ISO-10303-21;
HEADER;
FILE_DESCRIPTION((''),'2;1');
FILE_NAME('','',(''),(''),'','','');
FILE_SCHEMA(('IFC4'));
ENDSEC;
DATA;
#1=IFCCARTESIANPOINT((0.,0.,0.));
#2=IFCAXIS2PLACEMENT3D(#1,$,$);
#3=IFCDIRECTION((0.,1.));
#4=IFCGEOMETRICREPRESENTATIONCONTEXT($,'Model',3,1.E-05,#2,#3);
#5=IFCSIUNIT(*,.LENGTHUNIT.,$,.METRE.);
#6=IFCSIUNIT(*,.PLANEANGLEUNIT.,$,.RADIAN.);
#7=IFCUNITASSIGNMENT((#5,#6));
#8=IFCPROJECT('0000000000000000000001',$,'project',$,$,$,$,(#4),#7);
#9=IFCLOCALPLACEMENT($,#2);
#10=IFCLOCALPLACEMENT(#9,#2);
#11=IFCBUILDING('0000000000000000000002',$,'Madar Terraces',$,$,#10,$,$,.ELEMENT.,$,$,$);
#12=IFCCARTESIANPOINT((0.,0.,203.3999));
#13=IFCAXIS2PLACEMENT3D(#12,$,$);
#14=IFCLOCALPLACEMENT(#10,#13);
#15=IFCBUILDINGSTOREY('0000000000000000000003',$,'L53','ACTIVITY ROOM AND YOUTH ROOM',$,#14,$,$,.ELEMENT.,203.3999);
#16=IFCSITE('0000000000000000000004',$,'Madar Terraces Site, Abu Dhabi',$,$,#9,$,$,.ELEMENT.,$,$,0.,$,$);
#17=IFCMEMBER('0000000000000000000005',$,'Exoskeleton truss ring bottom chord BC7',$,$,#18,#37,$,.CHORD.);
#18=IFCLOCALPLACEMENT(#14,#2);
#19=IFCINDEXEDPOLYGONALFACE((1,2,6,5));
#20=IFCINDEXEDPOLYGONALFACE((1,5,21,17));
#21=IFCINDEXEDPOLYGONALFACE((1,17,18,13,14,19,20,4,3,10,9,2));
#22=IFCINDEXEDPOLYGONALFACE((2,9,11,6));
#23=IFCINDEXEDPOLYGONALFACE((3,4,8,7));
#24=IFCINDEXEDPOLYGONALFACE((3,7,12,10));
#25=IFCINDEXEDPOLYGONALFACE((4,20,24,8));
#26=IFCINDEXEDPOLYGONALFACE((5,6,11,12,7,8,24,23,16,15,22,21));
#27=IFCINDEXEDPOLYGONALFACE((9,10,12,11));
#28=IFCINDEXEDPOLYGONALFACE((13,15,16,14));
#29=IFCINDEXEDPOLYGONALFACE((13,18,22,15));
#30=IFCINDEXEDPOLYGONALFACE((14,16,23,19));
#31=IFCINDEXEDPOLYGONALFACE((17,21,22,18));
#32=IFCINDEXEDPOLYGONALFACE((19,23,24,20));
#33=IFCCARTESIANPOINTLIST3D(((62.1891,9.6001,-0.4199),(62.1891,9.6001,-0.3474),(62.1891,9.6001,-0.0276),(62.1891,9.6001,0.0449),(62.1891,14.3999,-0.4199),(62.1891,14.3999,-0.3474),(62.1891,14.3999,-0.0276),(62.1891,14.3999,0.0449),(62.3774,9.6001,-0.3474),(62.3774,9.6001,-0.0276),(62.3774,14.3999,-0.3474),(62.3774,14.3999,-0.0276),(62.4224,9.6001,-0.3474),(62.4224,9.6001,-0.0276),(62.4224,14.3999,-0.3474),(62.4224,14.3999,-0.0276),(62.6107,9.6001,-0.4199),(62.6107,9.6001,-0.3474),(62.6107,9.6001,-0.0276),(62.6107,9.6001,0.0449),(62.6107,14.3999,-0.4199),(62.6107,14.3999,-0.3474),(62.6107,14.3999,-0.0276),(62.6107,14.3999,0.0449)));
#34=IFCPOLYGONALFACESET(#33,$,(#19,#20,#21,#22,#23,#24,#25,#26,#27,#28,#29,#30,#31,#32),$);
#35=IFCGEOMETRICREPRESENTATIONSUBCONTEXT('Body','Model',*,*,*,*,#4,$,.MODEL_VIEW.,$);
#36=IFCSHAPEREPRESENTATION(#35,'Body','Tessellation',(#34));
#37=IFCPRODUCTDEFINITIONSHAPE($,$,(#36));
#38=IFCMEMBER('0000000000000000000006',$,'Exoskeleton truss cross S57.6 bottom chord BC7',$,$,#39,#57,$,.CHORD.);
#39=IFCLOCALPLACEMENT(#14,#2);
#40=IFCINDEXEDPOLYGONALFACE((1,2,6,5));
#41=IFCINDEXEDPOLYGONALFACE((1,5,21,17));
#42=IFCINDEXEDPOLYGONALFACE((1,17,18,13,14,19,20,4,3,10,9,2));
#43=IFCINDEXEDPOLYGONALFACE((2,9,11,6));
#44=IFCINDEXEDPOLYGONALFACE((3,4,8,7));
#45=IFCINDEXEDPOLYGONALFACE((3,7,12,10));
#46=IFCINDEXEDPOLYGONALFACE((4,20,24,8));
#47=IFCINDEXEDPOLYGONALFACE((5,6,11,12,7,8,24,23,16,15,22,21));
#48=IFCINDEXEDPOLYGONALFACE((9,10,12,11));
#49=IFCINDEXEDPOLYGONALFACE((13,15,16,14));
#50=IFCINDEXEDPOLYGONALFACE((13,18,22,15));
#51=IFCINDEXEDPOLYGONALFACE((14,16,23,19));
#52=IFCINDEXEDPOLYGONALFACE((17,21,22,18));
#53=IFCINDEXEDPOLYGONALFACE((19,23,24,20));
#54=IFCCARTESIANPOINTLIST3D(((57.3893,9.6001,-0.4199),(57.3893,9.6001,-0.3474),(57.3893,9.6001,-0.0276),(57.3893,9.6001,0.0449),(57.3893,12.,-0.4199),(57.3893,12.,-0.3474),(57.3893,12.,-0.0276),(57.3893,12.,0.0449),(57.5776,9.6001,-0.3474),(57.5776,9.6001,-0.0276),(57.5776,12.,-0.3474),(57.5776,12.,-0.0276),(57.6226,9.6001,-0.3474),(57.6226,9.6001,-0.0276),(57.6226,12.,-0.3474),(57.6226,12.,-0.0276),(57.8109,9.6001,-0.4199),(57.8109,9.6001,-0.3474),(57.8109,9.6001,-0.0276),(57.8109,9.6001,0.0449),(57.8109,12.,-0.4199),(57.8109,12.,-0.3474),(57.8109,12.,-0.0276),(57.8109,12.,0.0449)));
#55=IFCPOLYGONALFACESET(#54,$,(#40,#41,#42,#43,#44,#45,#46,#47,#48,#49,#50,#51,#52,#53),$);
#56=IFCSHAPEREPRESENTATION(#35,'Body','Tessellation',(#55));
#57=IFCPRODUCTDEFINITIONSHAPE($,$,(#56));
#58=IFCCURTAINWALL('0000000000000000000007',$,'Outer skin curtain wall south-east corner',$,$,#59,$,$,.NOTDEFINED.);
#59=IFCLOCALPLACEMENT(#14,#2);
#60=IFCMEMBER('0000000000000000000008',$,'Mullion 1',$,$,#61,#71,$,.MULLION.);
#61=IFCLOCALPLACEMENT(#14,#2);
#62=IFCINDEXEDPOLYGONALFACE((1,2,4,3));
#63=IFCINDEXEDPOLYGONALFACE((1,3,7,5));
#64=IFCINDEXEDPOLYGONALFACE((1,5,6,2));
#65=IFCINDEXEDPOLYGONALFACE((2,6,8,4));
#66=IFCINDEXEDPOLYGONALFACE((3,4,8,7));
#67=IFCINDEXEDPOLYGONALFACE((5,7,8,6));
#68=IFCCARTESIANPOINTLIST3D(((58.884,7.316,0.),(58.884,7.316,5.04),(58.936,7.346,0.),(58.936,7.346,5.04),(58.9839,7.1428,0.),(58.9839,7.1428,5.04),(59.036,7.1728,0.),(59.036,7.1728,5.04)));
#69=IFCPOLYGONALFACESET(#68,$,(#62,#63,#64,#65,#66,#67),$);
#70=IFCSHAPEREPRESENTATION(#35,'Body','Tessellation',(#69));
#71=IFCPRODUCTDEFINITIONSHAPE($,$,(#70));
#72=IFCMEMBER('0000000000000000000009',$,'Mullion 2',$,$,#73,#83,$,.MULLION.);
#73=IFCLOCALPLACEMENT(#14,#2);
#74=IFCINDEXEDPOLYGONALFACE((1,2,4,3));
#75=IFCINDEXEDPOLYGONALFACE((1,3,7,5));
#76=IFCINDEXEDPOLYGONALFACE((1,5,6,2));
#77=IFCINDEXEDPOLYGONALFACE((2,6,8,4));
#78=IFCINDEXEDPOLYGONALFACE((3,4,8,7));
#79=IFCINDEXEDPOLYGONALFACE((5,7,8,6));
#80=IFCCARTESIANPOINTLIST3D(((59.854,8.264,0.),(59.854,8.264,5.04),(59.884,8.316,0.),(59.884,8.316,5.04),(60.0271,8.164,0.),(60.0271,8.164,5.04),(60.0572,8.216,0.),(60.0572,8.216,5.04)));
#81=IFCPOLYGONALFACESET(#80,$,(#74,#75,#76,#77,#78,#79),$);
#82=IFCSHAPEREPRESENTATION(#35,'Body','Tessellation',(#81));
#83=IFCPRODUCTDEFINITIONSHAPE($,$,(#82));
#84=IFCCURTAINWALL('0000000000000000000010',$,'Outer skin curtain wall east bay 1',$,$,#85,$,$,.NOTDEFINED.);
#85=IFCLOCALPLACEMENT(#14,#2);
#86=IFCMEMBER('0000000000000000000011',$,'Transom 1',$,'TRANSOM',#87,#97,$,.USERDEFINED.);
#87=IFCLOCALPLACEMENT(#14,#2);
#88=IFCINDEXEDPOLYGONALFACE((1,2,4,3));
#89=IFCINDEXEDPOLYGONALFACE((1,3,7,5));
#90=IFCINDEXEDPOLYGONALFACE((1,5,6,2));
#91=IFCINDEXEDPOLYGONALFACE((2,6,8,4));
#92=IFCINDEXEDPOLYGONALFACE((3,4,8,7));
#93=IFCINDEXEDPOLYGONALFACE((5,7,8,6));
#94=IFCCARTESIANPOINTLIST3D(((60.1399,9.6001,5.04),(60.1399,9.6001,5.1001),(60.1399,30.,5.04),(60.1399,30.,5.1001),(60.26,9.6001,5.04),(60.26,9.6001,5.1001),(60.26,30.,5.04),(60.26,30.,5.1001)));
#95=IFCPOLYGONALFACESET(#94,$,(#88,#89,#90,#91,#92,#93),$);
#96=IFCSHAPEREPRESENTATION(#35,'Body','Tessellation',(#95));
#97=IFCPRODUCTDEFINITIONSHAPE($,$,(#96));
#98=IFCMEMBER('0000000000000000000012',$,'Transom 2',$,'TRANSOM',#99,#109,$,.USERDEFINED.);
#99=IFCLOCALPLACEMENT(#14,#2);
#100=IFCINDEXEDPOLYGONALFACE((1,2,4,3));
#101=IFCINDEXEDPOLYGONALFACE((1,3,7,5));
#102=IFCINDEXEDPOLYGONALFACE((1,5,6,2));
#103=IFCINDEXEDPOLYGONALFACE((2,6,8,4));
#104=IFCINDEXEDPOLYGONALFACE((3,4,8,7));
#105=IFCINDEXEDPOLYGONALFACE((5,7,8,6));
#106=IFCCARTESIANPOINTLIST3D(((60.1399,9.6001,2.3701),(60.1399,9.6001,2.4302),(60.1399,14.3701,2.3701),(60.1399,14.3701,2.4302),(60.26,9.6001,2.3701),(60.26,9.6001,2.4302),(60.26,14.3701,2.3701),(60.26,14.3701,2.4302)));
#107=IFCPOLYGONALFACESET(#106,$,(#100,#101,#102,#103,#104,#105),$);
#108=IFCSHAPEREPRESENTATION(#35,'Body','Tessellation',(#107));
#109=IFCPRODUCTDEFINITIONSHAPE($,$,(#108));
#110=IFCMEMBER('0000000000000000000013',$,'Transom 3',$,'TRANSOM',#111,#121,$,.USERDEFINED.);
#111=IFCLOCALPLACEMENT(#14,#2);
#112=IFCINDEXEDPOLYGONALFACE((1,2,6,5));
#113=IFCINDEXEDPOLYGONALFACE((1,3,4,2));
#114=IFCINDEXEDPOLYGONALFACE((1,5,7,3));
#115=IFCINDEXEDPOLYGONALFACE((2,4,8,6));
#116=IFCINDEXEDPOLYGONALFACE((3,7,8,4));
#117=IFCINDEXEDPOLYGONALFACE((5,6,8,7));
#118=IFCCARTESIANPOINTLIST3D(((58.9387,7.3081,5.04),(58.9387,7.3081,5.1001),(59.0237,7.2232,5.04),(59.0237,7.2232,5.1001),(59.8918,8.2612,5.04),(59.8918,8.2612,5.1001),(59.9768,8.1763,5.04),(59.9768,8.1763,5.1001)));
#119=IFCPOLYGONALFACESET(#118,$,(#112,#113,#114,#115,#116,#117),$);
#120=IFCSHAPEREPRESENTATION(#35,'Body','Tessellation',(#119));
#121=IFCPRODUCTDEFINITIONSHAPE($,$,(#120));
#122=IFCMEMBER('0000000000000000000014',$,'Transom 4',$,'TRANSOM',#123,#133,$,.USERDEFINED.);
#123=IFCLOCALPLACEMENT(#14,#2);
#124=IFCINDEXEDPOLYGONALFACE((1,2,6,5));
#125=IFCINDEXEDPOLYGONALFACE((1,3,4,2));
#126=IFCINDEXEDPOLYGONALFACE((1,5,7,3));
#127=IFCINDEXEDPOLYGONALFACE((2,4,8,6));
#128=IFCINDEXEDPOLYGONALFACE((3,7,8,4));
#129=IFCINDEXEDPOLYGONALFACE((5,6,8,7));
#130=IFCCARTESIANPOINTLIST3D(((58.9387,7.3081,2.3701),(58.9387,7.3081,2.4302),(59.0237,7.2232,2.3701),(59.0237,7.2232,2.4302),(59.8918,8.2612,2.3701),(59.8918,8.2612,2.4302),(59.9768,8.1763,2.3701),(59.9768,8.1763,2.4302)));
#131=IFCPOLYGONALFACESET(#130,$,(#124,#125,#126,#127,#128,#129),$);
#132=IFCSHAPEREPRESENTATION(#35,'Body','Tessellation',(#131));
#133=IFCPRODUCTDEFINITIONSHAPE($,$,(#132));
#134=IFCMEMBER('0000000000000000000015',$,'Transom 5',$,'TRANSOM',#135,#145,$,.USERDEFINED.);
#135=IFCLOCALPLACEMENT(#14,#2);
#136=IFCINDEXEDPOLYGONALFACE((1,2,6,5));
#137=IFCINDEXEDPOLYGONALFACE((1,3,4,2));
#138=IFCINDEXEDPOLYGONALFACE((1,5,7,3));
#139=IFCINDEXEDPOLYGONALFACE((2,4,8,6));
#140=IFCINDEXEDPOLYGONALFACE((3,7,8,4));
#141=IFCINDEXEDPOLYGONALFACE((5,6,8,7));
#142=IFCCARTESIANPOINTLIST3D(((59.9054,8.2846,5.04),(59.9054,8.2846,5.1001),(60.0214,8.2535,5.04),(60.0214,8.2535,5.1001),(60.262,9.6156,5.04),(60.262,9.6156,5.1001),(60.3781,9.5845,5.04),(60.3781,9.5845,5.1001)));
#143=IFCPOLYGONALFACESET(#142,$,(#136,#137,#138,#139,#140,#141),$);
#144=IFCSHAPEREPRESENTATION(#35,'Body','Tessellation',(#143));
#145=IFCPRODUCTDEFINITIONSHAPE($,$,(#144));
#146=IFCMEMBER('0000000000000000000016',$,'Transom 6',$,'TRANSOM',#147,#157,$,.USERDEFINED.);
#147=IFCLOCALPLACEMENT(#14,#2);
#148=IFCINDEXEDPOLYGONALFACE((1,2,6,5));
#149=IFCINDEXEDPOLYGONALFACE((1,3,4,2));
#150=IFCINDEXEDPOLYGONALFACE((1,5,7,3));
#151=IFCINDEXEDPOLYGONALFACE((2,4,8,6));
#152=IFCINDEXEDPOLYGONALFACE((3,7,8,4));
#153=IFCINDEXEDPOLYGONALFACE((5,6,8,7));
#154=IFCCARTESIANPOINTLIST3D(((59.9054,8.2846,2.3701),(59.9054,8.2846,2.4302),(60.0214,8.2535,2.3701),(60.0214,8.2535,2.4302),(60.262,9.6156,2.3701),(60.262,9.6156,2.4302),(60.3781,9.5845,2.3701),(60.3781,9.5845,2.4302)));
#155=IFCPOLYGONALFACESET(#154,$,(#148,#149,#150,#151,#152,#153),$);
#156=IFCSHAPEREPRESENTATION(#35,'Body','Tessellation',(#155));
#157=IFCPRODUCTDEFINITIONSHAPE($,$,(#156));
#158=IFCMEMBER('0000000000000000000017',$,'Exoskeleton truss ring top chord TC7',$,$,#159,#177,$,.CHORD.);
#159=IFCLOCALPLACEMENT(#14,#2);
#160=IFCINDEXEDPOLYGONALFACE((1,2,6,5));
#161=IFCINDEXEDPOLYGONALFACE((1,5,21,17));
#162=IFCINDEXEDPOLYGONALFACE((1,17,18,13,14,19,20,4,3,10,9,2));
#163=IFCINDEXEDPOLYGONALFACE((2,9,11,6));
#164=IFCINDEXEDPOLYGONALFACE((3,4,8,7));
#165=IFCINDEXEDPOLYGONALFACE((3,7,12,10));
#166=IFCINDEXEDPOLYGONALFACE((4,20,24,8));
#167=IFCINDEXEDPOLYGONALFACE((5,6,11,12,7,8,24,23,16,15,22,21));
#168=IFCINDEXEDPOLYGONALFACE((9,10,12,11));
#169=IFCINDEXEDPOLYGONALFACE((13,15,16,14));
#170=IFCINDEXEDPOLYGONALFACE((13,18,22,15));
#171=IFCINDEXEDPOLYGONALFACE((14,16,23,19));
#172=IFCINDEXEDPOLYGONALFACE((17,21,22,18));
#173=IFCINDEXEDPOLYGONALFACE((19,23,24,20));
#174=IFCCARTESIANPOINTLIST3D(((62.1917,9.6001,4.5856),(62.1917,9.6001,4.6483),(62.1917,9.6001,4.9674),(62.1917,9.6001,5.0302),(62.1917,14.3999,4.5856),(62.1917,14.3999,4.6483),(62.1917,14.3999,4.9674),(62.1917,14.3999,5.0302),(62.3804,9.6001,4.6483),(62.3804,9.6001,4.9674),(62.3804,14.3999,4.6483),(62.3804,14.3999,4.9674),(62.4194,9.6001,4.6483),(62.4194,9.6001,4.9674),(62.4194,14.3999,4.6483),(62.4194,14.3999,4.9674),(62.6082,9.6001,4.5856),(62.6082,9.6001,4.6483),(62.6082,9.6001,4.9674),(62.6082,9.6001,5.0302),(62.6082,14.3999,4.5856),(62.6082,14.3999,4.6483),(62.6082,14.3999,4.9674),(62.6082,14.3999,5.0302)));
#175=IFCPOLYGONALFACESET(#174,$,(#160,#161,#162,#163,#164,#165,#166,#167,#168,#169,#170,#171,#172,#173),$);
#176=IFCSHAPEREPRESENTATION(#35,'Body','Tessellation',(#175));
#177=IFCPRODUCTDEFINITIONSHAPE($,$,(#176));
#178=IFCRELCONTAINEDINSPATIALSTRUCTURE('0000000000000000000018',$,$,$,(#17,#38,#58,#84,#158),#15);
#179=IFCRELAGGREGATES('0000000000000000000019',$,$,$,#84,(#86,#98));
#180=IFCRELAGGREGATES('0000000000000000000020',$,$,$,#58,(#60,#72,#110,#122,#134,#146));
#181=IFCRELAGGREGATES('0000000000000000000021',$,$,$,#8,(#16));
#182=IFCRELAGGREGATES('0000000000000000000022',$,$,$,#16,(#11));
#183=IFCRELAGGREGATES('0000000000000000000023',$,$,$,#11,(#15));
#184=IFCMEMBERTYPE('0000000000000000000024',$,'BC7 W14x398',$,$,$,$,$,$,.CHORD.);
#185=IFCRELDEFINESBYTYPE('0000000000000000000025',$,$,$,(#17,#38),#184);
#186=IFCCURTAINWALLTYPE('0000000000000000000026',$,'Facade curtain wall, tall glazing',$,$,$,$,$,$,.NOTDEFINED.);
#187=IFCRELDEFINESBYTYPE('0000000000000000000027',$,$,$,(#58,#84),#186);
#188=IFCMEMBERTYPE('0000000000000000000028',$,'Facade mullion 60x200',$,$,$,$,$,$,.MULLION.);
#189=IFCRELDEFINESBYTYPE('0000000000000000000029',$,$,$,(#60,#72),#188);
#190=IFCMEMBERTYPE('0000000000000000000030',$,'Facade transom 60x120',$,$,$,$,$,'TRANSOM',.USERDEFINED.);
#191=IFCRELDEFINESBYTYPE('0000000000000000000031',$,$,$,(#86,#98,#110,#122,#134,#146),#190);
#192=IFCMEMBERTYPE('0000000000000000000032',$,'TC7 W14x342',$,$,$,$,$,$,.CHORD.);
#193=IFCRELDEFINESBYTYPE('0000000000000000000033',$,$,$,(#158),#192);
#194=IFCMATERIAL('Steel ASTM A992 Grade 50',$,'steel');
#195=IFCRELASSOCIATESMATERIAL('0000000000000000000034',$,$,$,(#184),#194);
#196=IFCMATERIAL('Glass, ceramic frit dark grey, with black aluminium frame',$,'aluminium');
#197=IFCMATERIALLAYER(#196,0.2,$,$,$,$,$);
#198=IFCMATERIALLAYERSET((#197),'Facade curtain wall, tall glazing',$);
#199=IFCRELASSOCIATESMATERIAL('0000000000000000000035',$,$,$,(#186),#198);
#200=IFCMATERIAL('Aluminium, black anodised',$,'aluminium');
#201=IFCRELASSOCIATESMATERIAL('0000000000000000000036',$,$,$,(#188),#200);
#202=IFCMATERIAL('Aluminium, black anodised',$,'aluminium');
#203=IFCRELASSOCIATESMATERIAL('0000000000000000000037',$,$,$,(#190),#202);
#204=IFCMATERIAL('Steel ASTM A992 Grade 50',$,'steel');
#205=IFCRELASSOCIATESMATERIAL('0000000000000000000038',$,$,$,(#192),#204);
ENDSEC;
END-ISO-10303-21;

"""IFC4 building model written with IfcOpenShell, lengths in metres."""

from ifc_helpers import new_model, si_unit, direction, frame, origin, origin_2d, place, context, subcontext, project, spatial, rectangle, i_section, extrude, material, layer, layer_set, material_profile, profile_set, type_object, element, aggregate, save


model = new_model("IFC4")

# Units and contexts
model_context = context("Model", 3, precision=1e-05, world=origin(), true_north=direction((0.0, 1.0)))
body_context = subcontext(model_context, "Body", "Model", "MODEL_VIEW")
ifc_project = project(units=[si_unit("LENGTHUNIT", "METRE"), si_unit("PLANEANGLEUNIT", "RADIAN")], contexts=[model_context])

# Site, building, storey
site_placement = place(None, origin())
site = spatial("IfcSite", under=ifc_project, at=site_placement, Name="Madar Terraces Site, Abu Dhabi", CompositionType="ELEMENT", RefElevation=0.0)
building_placement = place(site_placement, origin())
building = spatial("IfcBuilding", under=site, at=building_placement, Name="Madar Terraces", CompositionType="ELEMENT")
storey_placement = place(building_placement, frame((0.0, 0.0, 203.3999)))
storey = spatial("IfcBuildingStorey", under=building, at=storey_placement, Name="L53", Description="ACTIVITY ROOM AND YOUTH ROOM", CompositionType="ELEMENT", Elevation=203.3999)

# Members
ifc_material_1 = material(Name="Steel ASTM A992 Grade 50", Category="steel")
ifc_material_profile_1 = material_profile(ifc_material_1, i_section(OverallWidth=0.4216, OverallDepth=0.4648, WebThickness=0.0449, FlangeThickness=0.0725, at=origin_2d()), Name="W14x398")
ifc_profile_set_1 = profile_set([ifc_material_profile_1], Name="Steel ASTM A992 Grade 50")
member_type_1 = type_object("IfcMemberType", Name="BC7 W14x398", PredefinedType="CHORD", material=ifc_profile_set_1)
member_1_placement = place(storey_placement, frame((62.3999, 9.6001, -0.1875), z_axis=(0.0, 1.0, 0.0), x_axis=(-1.0, 0.0, 0.0)))
element("IfcMember", 1, at=member_1_placement, inside=storey, type_object=member_type_1, Name="Exoskeleton truss ring bottom chord BC7", PredefinedType="CHORD", context=body_context, shape_type="SweptSolid", body=[
    extrude(i_section(OverallWidth=0.4216, OverallDepth=0.4648, WebThickness=0.0449, FlangeThickness=0.0725, at=origin_2d()), origin(), (0.0, 0.0, 1.0), 4.7998),
])
member_2_placement = place(storey_placement, frame((57.6001, 9.6001, -0.1875), z_axis=(0.0, 1.0, 0.0), x_axis=(-1.0, 0.0, 0.0)))
element("IfcMember", 2, at=member_2_placement, inside=storey, type_object=member_type_1, Name="Exoskeleton truss cross S57.6 bottom chord BC7", PredefinedType="CHORD", context=body_context, shape_type="SweptSolid", body=[
    extrude(i_section(OverallWidth=0.4216, OverallDepth=0.4648, WebThickness=0.0449, FlangeThickness=0.0725, at=origin_2d()), origin(), (0.0, 0.0, 1.0), 2.3999),
])

# Curtain walls, members
ifc_material_2 = material(Name="Glass, ceramic frit dark grey, with black aluminium frame", Category="aluminium")
ifc_layer_1 = layer(ifc_material_2, 0.2)
ifc_layer_set_1 = layer_set([ifc_layer_1], Name="Facade curtain wall, tall glazing")
curtain_wall_type = type_object("IfcCurtainWallType", Name="Facade curtain wall, tall glazing", PredefinedType="NOTDEFINED", material=ifc_layer_set_1)
curtain_wall_1_placement = place(storey_placement, origin())
curtain_wall_1 = element("IfcCurtainWall", 3, at=curtain_wall_1_placement, inside=storey, type_object=curtain_wall_type, Name="Outer skin curtain wall south-east corner", PredefinedType="NOTDEFINED")
ifc_material_3 = material(Name="Aluminium, black anodised", Category="aluminium")
ifc_material_profile_2 = material_profile(ifc_material_3, rectangle(XDim=0.2, YDim=0.0601, at=origin_2d()), Name="Facade mullion 60x200")
ifc_profile_set_2 = profile_set([ifc_material_profile_2], Name="Aluminium, black anodised")
member_type_2 = type_object("IfcMemberType", Name="Facade mullion 60x200", PredefinedType="MULLION", material=ifc_profile_set_2)
member_3_placement = place(storey_placement, frame((58.96, 7.2444, 0.0), z_axis=(0.0, 0.0, 1.0), x_axis=(-0.5, 0.866025, 0.0)))
member_3 = element("IfcMember", 4, at=member_3_placement, type_object=member_type_2, Name="Mullion 1", PredefinedType="MULLION", context=body_context, shape_type="SweptSolid", body=[
    extrude(rectangle(XDim=0.2, YDim=0.0601, at=origin_2d()), origin(), (0.0, 0.0, 1.0), 5.04),
])
member_4_placement = place(storey_placement, frame((59.9556, 8.24, 0.0), z_axis=(0.0, 0.0, 1.0), x_axis=(-0.866025, 0.5, 0.0)))
member_4 = element("IfcMember", 5, at=member_4_placement, type_object=member_type_2, Name="Mullion 2", PredefinedType="MULLION", context=body_context, shape_type="SweptSolid", body=[
    extrude(rectangle(XDim=0.2, YDim=0.0601, at=origin_2d()), origin(), (0.0, 0.0, 1.0), 5.04),
])
curtain_wall_2_placement = place(storey_placement, origin())
curtain_wall_2 = element("IfcCurtainWall", 6, at=curtain_wall_2_placement, inside=storey, type_object=curtain_wall_type, Name="Outer skin curtain wall east bay 1", PredefinedType="NOTDEFINED")
ifc_material_4 = material(Name="Aluminium, black anodised", Category="aluminium")
ifc_material_profile_3 = material_profile(ifc_material_4, rectangle(XDim=0.1201, YDim=0.0601, at=origin_2d()), Name="Facade transom 60x120")
ifc_profile_set_3 = profile_set([ifc_material_profile_3], Name="Aluminium, black anodised")
member_type_3 = type_object("IfcMemberType", Name="Facade transom 60x120", ElementType="TRANSOM", PredefinedType="USERDEFINED", material=ifc_profile_set_3)
member_5_placement = place(storey_placement, frame((60.2, 9.6001, 5.0701), z_axis=(0.0, 1.0, 0.0), x_axis=(-1.0, 0.0, 0.0)))
member_5 = element("IfcMember", 7, at=member_5_placement, type_object=member_type_3, Name="Transom 1", ObjectType="TRANSOM", PredefinedType="USERDEFINED", context=body_context, shape_type="SweptSolid", body=[
    extrude(rectangle(XDim=0.1201, YDim=0.0601, at=origin_2d()), origin(), (0.0, 0.0, 1.0), 20.3999),
])
member_6_placement = place(storey_placement, frame((60.2, 9.6001, 2.4001), z_axis=(0.0, 1.0, 0.0), x_axis=(-1.0, 0.0, 0.0)))
member_6 = element("IfcMember", 8, at=member_6_placement, type_object=member_type_3, Name="Transom 2", ObjectType="TRANSOM", PredefinedType="USERDEFINED", context=body_context, shape_type="SweptSolid", body=[
    extrude(rectangle(XDim=0.1201, YDim=0.0601, at=origin_2d()), origin(), (0.0, 0.0, 1.0), 4.77),
])
aggregate(curtain_wall_2, [member_5, member_6])

# Members
member_7_placement = place(storey_placement, frame((58.9812, 7.2656, 5.0701), z_axis=(0.707107, 0.707107, 0.0), x_axis=(-0.707107, 0.707107, 0.0)))
member_7 = element("IfcMember", 9, at=member_7_placement, type_object=member_type_3, Name="Transom 3", ObjectType="TRANSOM", PredefinedType="USERDEFINED", context=body_context, shape_type="SweptSolid", body=[
    extrude(rectangle(XDim=0.1201, YDim=0.0601, at=origin_2d()), origin(), (0.0, 0.0, 1.0), 1.3479),
])
member_8_placement = place(storey_placement, frame((58.9812, 7.2656, 2.4001), z_axis=(0.707107, 0.707107, 0.0), x_axis=(-0.707107, 0.707107, 0.0)))
member_8 = element("IfcMember", 10, at=member_8_placement, type_object=member_type_3, Name="Transom 4", ObjectType="TRANSOM", PredefinedType="USERDEFINED", context=body_context, shape_type="SweptSolid", body=[
    extrude(rectangle(XDim=0.1201, YDim=0.0601, at=origin_2d()), origin(), (0.0, 0.0, 1.0), 1.3479),
])
member_9_placement = place(storey_placement, frame((59.9634, 8.269, 5.0701), z_axis=(0.258842, 0.96592, 0.0), x_axis=(-0.96592, 0.258842, 0.0)))
member_9 = element("IfcMember", 11, at=member_9_placement, type_object=member_type_3, Name="Transom 5", ObjectType="TRANSOM", PredefinedType="USERDEFINED", context=body_context, shape_type="SweptSolid", body=[
    extrude(rectangle(XDim=0.1201, YDim=0.0601, at=origin_2d()), origin(), (0.0, 0.0, 1.0), 1.3779),
])
member_10_placement = place(storey_placement, frame((59.9634, 8.269, 2.4001), z_axis=(0.258842, 0.96592, 0.0), x_axis=(-0.96592, 0.258842, 0.0)))
member_10 = element("IfcMember", 12, at=member_10_placement, type_object=member_type_3, Name="Transom 6", ObjectType="TRANSOM", PredefinedType="USERDEFINED", context=body_context, shape_type="SweptSolid", body=[
    extrude(rectangle(XDim=0.1201, YDim=0.0601, at=origin_2d()), origin(), (0.0, 0.0, 1.0), 1.3779),
])

# Member
ifc_material_5 = material(Name="Steel ASTM A992 Grade 50", Category="steel")
ifc_material_profile_4 = material_profile(ifc_material_5, i_section(OverallWidth=0.4165, OverallDepth=0.4446, WebThickness=0.0391, FlangeThickness=0.0627, at=origin_2d()), Name="W14x342")
ifc_profile_set_4 = profile_set([ifc_material_profile_4], Name="Steel ASTM A992 Grade 50")
member_type_4 = type_object("IfcMemberType", Name="TC7 W14x342", PredefinedType="CHORD", material=ifc_profile_set_4)
member_11_placement = place(storey_placement, frame((62.3999, 9.6001, 4.8079), z_axis=(0.0, 1.0, 0.0), x_axis=(-1.0, 0.0, 0.0)))
element("IfcMember", 13, at=member_11_placement, inside=storey, type_object=member_type_4, Name="Exoskeleton truss ring top chord TC7", PredefinedType="CHORD", context=body_context, shape_type="SweptSolid", body=[
    extrude(i_section(OverallWidth=0.4165, OverallDepth=0.4446, WebThickness=0.0391, FlangeThickness=0.0627, at=origin_2d()), origin(), (0.0, 0.0, 1.0), 4.7998),
])

aggregate(curtain_wall_1, [member_3, member_4, member_7, member_8, member_9, member_10])

save(model, "model.ifc")
